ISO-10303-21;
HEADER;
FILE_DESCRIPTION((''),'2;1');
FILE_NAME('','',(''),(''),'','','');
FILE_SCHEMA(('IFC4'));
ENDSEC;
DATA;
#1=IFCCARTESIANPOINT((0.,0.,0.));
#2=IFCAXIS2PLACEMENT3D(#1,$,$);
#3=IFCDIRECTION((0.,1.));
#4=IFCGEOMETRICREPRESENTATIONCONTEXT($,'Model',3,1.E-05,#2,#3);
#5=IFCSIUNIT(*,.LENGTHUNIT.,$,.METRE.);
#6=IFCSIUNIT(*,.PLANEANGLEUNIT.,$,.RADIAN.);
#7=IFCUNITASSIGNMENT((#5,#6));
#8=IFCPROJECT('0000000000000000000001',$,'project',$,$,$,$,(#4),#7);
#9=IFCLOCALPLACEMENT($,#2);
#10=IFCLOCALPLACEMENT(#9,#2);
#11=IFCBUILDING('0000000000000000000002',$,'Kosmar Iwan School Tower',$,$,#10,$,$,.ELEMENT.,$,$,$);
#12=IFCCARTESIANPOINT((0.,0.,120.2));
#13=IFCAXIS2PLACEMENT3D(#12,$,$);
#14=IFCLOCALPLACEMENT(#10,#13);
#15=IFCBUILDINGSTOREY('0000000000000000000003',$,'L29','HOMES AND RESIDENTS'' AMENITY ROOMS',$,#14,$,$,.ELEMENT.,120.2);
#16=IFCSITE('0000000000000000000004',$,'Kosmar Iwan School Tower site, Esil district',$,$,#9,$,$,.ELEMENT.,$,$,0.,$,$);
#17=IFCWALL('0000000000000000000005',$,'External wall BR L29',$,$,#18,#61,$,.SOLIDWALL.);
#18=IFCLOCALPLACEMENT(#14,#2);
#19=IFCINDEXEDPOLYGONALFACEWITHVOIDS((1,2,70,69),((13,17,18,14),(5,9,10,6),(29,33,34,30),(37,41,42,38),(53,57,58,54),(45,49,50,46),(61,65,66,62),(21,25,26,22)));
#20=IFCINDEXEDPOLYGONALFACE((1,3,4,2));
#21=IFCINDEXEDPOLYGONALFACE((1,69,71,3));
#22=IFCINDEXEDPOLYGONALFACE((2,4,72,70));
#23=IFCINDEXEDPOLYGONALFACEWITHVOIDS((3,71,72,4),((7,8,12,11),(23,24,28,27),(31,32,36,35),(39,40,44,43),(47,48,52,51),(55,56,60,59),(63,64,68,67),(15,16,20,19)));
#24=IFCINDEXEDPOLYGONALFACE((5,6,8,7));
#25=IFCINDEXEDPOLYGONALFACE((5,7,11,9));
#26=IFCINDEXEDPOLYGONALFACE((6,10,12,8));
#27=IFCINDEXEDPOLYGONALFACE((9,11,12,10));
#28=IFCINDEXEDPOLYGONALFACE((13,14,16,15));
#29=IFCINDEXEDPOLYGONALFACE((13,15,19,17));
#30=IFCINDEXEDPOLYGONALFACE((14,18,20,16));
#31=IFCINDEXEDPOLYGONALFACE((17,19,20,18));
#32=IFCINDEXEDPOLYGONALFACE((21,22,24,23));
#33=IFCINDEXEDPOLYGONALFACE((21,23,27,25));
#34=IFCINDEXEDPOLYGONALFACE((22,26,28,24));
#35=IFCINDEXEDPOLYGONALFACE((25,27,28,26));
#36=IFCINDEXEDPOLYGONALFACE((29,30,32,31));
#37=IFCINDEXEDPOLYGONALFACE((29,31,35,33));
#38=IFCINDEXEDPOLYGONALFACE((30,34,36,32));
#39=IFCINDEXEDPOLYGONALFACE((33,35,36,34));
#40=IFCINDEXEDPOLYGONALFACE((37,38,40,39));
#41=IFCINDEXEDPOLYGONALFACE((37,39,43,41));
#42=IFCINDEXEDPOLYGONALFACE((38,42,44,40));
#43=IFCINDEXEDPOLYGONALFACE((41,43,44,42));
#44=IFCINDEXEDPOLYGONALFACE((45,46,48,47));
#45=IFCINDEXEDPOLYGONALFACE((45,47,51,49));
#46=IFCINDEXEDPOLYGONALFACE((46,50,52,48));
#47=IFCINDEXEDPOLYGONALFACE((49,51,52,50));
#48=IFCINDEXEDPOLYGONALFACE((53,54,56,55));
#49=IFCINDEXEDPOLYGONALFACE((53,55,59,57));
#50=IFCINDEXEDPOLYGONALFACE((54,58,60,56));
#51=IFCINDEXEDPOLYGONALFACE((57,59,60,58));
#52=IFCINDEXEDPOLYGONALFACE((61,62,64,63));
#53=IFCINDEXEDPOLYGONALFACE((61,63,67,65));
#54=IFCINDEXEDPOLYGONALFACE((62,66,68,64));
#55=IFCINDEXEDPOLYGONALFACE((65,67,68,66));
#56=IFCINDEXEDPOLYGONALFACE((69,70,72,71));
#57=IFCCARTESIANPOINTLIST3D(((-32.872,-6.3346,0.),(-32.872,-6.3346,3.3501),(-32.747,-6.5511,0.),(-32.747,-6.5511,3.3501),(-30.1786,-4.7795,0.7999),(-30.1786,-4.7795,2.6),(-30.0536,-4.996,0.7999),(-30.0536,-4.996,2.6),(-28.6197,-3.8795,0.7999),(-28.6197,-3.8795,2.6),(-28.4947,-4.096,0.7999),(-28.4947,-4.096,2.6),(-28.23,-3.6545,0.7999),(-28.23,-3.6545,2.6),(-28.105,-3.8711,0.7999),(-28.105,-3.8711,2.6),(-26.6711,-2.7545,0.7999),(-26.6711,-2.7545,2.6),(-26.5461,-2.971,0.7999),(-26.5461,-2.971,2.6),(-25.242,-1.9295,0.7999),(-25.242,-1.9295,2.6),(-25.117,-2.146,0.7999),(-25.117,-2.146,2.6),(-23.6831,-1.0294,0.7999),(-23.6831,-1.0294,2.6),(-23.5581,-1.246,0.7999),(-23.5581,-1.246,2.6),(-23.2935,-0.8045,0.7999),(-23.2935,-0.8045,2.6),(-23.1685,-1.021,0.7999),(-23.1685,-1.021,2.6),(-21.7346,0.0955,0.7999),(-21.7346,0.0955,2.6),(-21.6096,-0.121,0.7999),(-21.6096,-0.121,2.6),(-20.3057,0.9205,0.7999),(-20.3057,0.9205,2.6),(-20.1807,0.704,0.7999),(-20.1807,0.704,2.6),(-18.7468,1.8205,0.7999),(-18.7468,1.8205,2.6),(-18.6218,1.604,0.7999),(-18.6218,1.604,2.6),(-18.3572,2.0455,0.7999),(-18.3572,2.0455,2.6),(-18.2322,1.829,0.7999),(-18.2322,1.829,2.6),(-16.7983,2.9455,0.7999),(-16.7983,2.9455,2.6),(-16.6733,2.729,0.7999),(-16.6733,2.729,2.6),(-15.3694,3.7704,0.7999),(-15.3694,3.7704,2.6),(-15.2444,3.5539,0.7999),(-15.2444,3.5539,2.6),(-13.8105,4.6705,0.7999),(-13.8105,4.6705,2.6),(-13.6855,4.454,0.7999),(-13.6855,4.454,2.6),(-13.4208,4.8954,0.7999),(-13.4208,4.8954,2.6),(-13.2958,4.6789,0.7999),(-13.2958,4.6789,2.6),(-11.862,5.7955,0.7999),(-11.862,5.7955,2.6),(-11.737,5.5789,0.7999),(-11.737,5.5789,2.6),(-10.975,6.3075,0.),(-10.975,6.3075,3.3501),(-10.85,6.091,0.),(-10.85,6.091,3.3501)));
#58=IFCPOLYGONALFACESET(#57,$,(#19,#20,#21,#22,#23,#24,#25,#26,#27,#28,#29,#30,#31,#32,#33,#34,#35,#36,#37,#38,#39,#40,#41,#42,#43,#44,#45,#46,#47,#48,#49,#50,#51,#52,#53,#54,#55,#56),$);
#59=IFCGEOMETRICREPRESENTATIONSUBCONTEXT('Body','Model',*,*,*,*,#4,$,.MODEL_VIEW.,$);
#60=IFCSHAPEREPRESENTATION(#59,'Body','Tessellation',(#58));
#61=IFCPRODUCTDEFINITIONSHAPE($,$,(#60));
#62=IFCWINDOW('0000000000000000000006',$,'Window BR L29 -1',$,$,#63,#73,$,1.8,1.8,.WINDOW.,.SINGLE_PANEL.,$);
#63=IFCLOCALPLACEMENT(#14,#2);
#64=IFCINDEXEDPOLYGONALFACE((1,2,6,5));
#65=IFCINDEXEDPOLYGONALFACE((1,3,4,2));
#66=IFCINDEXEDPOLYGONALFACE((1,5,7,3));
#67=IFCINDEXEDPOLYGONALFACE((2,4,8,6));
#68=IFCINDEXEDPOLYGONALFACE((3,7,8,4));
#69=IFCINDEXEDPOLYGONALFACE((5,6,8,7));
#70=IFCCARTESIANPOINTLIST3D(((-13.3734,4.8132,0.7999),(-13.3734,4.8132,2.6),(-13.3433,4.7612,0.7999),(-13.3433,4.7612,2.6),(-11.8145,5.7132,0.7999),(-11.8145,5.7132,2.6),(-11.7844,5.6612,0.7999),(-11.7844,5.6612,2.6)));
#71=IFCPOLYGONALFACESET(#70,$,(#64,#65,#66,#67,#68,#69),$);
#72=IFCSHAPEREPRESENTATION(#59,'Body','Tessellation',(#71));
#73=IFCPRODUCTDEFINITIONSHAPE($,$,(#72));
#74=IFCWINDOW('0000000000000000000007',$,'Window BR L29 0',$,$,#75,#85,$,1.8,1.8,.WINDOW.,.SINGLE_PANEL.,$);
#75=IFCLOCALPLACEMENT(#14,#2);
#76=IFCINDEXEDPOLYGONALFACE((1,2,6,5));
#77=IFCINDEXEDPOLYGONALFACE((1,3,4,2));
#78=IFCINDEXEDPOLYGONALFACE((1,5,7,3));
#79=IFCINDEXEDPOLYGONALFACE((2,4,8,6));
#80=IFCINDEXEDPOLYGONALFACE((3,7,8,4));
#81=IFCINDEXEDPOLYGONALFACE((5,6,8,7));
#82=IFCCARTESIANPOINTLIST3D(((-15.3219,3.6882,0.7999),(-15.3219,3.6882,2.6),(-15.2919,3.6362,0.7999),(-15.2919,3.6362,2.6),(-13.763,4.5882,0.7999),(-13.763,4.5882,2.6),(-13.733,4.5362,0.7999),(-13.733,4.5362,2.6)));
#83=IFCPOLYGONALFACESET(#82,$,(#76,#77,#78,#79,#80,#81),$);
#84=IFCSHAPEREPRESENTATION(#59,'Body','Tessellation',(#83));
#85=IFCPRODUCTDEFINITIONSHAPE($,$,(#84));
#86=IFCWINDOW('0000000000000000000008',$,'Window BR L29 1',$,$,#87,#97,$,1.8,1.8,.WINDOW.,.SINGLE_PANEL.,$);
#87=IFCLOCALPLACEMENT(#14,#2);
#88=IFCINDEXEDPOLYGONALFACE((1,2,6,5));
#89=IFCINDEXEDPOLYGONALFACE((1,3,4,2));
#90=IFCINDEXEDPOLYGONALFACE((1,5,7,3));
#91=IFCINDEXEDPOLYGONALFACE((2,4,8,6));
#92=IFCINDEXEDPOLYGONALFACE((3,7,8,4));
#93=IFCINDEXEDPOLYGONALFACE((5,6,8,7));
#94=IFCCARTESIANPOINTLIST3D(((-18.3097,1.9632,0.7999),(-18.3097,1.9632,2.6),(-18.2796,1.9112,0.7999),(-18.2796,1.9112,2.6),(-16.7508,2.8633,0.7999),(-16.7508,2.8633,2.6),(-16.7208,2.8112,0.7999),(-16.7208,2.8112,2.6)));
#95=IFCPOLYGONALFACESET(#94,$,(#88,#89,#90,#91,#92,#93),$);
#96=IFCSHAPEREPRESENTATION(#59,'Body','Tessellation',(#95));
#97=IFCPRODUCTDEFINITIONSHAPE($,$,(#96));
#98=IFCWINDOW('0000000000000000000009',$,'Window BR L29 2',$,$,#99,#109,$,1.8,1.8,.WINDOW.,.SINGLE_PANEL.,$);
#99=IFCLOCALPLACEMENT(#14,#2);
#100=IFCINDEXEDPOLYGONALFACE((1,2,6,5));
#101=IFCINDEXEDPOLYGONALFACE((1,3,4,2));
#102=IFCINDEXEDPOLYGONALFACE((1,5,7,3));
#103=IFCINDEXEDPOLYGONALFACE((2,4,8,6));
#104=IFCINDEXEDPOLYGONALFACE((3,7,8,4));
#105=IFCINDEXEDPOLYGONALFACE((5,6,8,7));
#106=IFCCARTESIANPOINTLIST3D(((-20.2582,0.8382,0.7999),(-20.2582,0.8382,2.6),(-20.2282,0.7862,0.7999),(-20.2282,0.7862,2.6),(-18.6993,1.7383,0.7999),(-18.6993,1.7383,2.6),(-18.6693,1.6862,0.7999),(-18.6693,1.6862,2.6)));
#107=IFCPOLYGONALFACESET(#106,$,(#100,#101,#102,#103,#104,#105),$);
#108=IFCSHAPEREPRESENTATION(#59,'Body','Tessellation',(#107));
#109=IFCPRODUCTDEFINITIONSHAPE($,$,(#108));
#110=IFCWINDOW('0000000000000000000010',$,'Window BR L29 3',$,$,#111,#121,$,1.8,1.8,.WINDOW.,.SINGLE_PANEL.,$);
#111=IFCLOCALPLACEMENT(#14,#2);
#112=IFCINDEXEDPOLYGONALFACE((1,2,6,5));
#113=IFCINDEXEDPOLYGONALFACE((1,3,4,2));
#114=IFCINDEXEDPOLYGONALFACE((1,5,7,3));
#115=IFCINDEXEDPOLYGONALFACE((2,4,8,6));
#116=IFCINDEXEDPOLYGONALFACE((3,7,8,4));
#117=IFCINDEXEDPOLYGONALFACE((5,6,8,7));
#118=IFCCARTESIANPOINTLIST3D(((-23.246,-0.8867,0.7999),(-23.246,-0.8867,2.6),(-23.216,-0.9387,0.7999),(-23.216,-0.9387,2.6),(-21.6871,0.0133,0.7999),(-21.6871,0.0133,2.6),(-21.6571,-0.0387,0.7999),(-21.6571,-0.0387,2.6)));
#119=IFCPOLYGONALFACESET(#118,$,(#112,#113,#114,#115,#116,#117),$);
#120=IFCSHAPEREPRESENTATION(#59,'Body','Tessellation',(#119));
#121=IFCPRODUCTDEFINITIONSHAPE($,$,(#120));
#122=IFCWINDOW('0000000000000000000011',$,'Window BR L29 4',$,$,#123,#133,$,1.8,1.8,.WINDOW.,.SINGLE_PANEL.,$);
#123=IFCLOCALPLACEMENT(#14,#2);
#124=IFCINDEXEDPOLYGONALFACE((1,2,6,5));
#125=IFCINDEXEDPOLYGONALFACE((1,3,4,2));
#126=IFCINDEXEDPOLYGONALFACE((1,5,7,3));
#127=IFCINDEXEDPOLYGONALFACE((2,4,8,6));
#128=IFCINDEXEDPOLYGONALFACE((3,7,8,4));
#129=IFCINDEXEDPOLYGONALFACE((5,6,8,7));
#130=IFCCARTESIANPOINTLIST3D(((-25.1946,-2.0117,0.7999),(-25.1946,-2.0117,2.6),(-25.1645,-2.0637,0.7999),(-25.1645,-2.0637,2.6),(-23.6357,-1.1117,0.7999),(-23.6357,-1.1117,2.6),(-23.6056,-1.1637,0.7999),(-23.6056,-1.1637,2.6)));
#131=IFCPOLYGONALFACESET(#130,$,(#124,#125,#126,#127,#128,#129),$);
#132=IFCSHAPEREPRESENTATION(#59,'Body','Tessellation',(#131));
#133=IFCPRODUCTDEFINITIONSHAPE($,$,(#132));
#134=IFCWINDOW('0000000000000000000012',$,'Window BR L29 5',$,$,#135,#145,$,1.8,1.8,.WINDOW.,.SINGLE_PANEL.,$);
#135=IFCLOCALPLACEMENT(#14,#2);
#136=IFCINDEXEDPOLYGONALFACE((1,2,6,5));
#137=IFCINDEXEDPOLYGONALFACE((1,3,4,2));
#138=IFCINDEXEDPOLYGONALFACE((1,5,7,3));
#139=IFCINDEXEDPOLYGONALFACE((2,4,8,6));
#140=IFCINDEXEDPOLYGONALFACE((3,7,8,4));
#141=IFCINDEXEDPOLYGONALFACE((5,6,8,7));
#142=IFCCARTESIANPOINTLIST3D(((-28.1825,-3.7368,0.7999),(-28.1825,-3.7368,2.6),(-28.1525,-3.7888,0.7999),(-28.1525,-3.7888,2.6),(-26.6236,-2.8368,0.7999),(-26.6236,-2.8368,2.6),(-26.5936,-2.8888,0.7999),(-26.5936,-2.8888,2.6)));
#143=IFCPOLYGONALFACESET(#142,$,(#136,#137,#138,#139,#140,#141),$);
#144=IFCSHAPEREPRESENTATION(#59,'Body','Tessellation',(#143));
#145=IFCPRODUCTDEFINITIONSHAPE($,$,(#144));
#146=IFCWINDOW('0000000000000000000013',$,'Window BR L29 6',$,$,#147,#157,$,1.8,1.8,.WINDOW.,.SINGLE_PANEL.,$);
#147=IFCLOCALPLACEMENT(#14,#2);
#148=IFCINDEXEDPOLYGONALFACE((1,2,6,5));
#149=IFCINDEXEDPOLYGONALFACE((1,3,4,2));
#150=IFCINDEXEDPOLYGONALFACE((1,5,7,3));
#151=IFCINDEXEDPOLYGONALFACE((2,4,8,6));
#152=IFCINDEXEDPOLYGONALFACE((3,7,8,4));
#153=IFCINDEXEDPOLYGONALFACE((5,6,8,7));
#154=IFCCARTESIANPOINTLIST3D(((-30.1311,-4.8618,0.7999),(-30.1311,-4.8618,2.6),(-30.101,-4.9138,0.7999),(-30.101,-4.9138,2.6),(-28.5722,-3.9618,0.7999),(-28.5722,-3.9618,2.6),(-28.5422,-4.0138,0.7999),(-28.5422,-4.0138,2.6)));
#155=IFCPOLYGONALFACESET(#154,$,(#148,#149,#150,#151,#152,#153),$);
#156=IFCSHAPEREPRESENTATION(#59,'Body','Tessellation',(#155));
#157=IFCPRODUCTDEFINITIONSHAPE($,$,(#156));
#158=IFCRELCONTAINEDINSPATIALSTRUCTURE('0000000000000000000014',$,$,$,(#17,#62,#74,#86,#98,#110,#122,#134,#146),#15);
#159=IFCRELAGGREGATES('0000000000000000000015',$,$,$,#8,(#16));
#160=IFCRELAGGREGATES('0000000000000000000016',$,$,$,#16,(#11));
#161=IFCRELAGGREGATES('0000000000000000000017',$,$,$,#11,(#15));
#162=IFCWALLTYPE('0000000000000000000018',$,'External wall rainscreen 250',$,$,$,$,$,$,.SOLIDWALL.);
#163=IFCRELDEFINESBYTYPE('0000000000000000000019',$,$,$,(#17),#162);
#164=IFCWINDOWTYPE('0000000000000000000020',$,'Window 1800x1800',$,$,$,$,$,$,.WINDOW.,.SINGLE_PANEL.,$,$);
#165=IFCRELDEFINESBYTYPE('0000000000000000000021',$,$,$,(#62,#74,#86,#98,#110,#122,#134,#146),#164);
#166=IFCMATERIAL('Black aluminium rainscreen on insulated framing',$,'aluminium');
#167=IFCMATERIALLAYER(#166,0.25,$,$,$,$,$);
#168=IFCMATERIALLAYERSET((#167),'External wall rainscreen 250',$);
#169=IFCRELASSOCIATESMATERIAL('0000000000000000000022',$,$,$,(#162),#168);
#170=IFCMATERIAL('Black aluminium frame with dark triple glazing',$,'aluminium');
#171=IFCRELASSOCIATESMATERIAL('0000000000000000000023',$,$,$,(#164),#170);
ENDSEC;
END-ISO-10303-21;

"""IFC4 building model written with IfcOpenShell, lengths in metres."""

from ifc_helpers import new_model, si_unit, direction, frame, frame_2d, origin, place, context, subcontext, project, spatial, rectangle, extrude, material, layer, layer_set, type_object, element, fill, save


model = new_model("IFC4")

# Units and contexts
model_context = context("Model", 3, precision=1e-05, world=origin(), true_north=direction((0.0, 1.0)))
body_context = subcontext(model_context, "Body", "Model", "MODEL_VIEW")
ifc_project = project(units=[si_unit("LENGTHUNIT", "METRE"), si_unit("PLANEANGLEUNIT", "RADIAN")], contexts=[model_context])

# Site, building, storey
site_placement = place(None, origin())
site = spatial("IfcSite", under=ifc_project, at=site_placement, Name="Kosmar Iwan School Tower site, Esil district", CompositionType="ELEMENT", RefElevation=0.0)
building_placement = place(site_placement, origin())
building = spatial("IfcBuilding", under=site, at=building_placement, Name="Kosmar Iwan School Tower", CompositionType="ELEMENT")
storey_placement = place(building_placement, frame((0.0, 0.0, 120.2)))
storey = spatial("IfcBuildingStorey", under=building, at=storey_placement, Name="L29", Description="HOMES AND RESIDENTS' AMENITY ROOMS", CompositionType="ELEMENT", Elevation=120.2)

# Wall, openings, windows
ifc_material_1 = material(Name="Black aluminium rainscreen on insulated framing", Category="aluminium")
ifc_layer_1 = layer(ifc_material_1, 0.25)
ifc_layer_set_1 = layer_set([ifc_layer_1], Name="External wall rainscreen 250")
wall_type = type_object("IfcWallType", Name="External wall rainscreen 250", PredefinedType="SOLIDWALL", material=ifc_layer_set_1)
ifc_material_2 = material(Name="Black aluminium frame with dark triple glazing", Category="aluminium")
window_type = type_object("IfcWindowType", Name="Window 1800x1800", PartitioningType="SINGLE_PANEL", PredefinedType="WINDOW", material=ifc_material_2)
wall_1_placement = place(storey_placement, frame((-10.9126, 6.1992, 0.0), z_axis=(0.0, 0.0, 1.0), x_axis=(-0.866028, -0.499996, 0.0)))
wall_1 = element("IfcWall", 1, at=wall_1_placement, inside=storey, type_object=wall_type, Name="External wall BR L29", PredefinedType="SOLIDWALL", context=body_context, shape_type="SweptSolid", body=[
    extrude(rectangle(XDim=25.2844, YDim=0.25, at=frame_2d((12.6421, 0.0))), origin(), (0.0, 0.0, 1.0), 3.3501),
])
opening_1_placement = place(wall_1_placement, frame((1.0242, 0.0, 0.8)))
opening_1 = element("IfcOpeningElement", 2, at=opening_1_placement, cuts=wall_1, PredefinedType="OPENING", context=body_context, shape_type="SweptSolid", body=[
    extrude(rectangle(XDim=1.8, YDim=1.8, at=frame_2d((0.8999, 0.8999))), frame((0.0, 0.137, 0.0), z_axis=(0.0, -1.0, 0.0), x_axis=(1.0, 0.0, 0.0)), (0.0, 0.0, 1.0), 0.2739),
])
opening_2_placement = place(wall_1_placement, frame((3.2742, 0.0, 0.8)))
opening_2 = element("IfcOpeningElement", 3, at=opening_2_placement, cuts=wall_1, PredefinedType="OPENING", context=body_context, shape_type="SweptSolid", body=[
    extrude(rectangle(XDim=1.8, YDim=1.8, at=frame_2d((0.8999, 0.8999))), frame((0.0, 0.137, 0.0), z_axis=(0.0, -1.0, 0.0), x_axis=(1.0, 0.0, 0.0)), (0.0, 0.0, 1.0), 0.2739),
])
opening_3_placement = place(wall_1_placement, frame((6.7241, 0.0, 0.8)))
opening_3 = element("IfcOpeningElement", 4, at=opening_3_placement, cuts=wall_1, PredefinedType="OPENING", context=body_context, shape_type="SweptSolid", body=[
    extrude(rectangle(XDim=1.8, YDim=1.8, at=frame_2d((0.8999, 0.8999))), frame((0.0, 0.137, 0.0), z_axis=(0.0, -1.0, 0.0), x_axis=(1.0, 0.0, 0.0)), (0.0, 0.0, 1.0), 0.2739),
])
opening_4_placement = place(wall_1_placement, frame((8.9741, 0.0, 0.8)))
opening_4 = element("IfcOpeningElement", 5, at=opening_4_placement, cuts=wall_1, PredefinedType="OPENING", context=body_context, shape_type="SweptSolid", body=[
    extrude(rectangle(XDim=1.8, YDim=1.8, at=frame_2d((0.8999, 0.8999))), frame((0.0, 0.137, 0.0), z_axis=(0.0, -1.0, 0.0), x_axis=(1.0, 0.0, 0.0)), (0.0, 0.0, 1.0), 0.2739),
])
opening_5_placement = place(wall_1_placement, frame((12.4241, 0.0, 0.8)))
opening_5 = element("IfcOpeningElement", 6, at=opening_5_placement, cuts=wall_1, PredefinedType="OPENING", context=body_context, shape_type="SweptSolid", body=[
    extrude(rectangle(XDim=1.8, YDim=1.8, at=frame_2d((0.8999, 0.8999))), frame((0.0, 0.137, 0.0), z_axis=(0.0, -1.0, 0.0), x_axis=(1.0, 0.0, 0.0)), (0.0, 0.0, 1.0), 0.2739),
])
opening_6_placement = place(wall_1_placement, frame((14.6741, 0.0, 0.8)))
opening_6 = element("IfcOpeningElement", 7, at=opening_6_placement, cuts=wall_1, PredefinedType="OPENING", context=body_context, shape_type="SweptSolid", body=[
    extrude(rectangle(XDim=1.8, YDim=1.8, at=frame_2d((0.8999, 0.8999))), frame((0.0, 0.137, 0.0), z_axis=(0.0, -1.0, 0.0), x_axis=(1.0, 0.0, 0.0)), (0.0, 0.0, 1.0), 0.2739),
])
opening_7_placement = place(wall_1_placement, frame((18.1243, 0.0, 0.8)))
opening_7 = element("IfcOpeningElement", 8, at=opening_7_placement, cuts=wall_1, PredefinedType="OPENING", context=body_context, shape_type="SweptSolid", body=[
    extrude(rectangle(XDim=1.8, YDim=1.8, at=frame_2d((0.8999, 0.8999))), frame((0.0, 0.137, 0.0), z_axis=(0.0, -1.0, 0.0), x_axis=(1.0, 0.0, 0.0)), (0.0, 0.0, 1.0), 0.2739),
])
opening_8_placement = place(wall_1_placement, frame((20.3743, 0.0, 0.8)))
opening_8 = element("IfcOpeningElement", 9, at=opening_8_placement, cuts=wall_1, PredefinedType="OPENING", context=body_context, shape_type="SweptSolid", body=[
    extrude(rectangle(XDim=1.8, YDim=1.8, at=frame_2d((0.8999, 0.8999))), frame((0.0, 0.137, 0.0), z_axis=(0.0, -1.0, 0.0), x_axis=(1.0, 0.0, 0.0)), (0.0, 0.0, 1.0), 0.2739),
])
window_1_placement = place(opening_1_placement, origin())
window_1 = element("IfcWindow", 10, at=window_1_placement, inside=storey, type_object=window_type, Name="Window BR L29 -1", OverallHeight=1.8, OverallWidth=1.8, PartitioningType="SINGLE_PANEL", PredefinedType="WINDOW", context=body_context, shape_type="SweptSolid", body=[
    extrude(rectangle(XDim=1.8, YDim=1.8, at=frame_2d((0.8999, 0.8999))), frame((0.0, 0.03, 0.0), z_axis=(0.0, -1.0, 0.0), x_axis=(1.0, 0.0, 0.0)), (0.0, 0.0, 1.0), 0.0601),
])
fill(opening_1, window_1)
window_2_placement = place(opening_2_placement, origin())
window_2 = element("IfcWindow", 11, at=window_2_placement, inside=storey, type_object=window_type, Name="Window BR L29 0", OverallHeight=1.8, OverallWidth=1.8, PartitioningType="SINGLE_PANEL", PredefinedType="WINDOW", context=body_context, shape_type="SweptSolid", body=[
    extrude(rectangle(XDim=1.8, YDim=1.8, at=frame_2d((0.8999, 0.8999))), frame((0.0, 0.03, 0.0), z_axis=(0.0, -1.0, 0.0), x_axis=(1.0, 0.0, 0.0)), (0.0, 0.0, 1.0), 0.0601),
])
fill(opening_2, window_2)
window_3_placement = place(opening_3_placement, origin())
window_3 = element("IfcWindow", 12, at=window_3_placement, inside=storey, type_object=window_type, Name="Window BR L29 1", OverallHeight=1.8, OverallWidth=1.8, PartitioningType="SINGLE_PANEL", PredefinedType="WINDOW", context=body_context, shape_type="SweptSolid", body=[
    extrude(rectangle(XDim=1.8, YDim=1.8, at=frame_2d((0.8999, 0.8999))), frame((0.0, 0.03, 0.0), z_axis=(0.0, -1.0, 0.0), x_axis=(1.0, 0.0, 0.0)), (0.0, 0.0, 1.0), 0.0601),
])
fill(opening_3, window_3)
window_4_placement = place(opening_4_placement, origin())
window_4 = element("IfcWindow", 13, at=window_4_placement, inside=storey, type_object=window_type, Name="Window BR L29 2", OverallHeight=1.8, OverallWidth=1.8, PartitioningType="SINGLE_PANEL", PredefinedType="WINDOW", context=body_context, shape_type="SweptSolid", body=[
    extrude(rectangle(XDim=1.8, YDim=1.8, at=frame_2d((0.8999, 0.8999))), frame((0.0, 0.03, 0.0), z_axis=(0.0, -1.0, 0.0), x_axis=(1.0, 0.0, 0.0)), (0.0, 0.0, 1.0), 0.0601),
])
fill(opening_4, window_4)
window_5_placement = place(opening_5_placement, origin())
window_5 = element("IfcWindow", 14, at=window_5_placement, inside=storey, type_object=window_type, Name="Window BR L29 3", OverallHeight=1.8, OverallWidth=1.8, PartitioningType="SINGLE_PANEL", PredefinedType="WINDOW", context=body_context, shape_type="SweptSolid", body=[
    extrude(rectangle(XDim=1.8, YDim=1.8, at=frame_2d((0.8999, 0.8999))), frame((0.0, 0.03, 0.0), z_axis=(0.0, -1.0, 0.0), x_axis=(1.0, 0.0, 0.0)), (0.0, 0.0, 1.0), 0.0601),
])
fill(opening_5, window_5)
window_6_placement = place(opening_6_placement, origin())
window_6 = element("IfcWindow", 15, at=window_6_placement, inside=storey, type_object=window_type, Name="Window BR L29 4", OverallHeight=1.8, OverallWidth=1.8, PartitioningType="SINGLE_PANEL", PredefinedType="WINDOW", context=body_context, shape_type="SweptSolid", body=[
    extrude(rectangle(XDim=1.8, YDim=1.8, at=frame_2d((0.8999, 0.8999))), frame((0.0, 0.03, 0.0), z_axis=(0.0, -1.0, 0.0), x_axis=(1.0, 0.0, 0.0)), (0.0, 0.0, 1.0), 0.0601),
])
fill(opening_6, window_6)
window_7_placement = place(opening_7_placement, origin())
window_7 = element("IfcWindow", 16, at=window_7_placement, inside=storey, type_object=window_type, Name="Window BR L29 5", OverallHeight=1.8, OverallWidth=1.8, PartitioningType="SINGLE_PANEL", PredefinedType="WINDOW", context=body_context, shape_type="SweptSolid", body=[
    extrude(rectangle(XDim=1.8, YDim=1.8, at=frame_2d((0.8999, 0.8999))), frame((0.0, 0.03, 0.0), z_axis=(0.0, -1.0, 0.0), x_axis=(1.0, 0.0, 0.0)), (0.0, 0.0, 1.0), 0.0601),
])
fill(opening_7, window_7)
window_8_placement = place(opening_8_placement, origin())
window_8 = element("IfcWindow", 17, at=window_8_placement, inside=storey, type_object=window_type, Name="Window BR L29 6", OverallHeight=1.8, OverallWidth=1.8, PartitioningType="SINGLE_PANEL", PredefinedType="WINDOW", context=body_context, shape_type="SweptSolid", body=[
    extrude(rectangle(XDim=1.8, YDim=1.8, at=frame_2d((0.8999, 0.8999))), frame((0.0, 0.03, 0.0), z_axis=(0.0, -1.0, 0.0), x_axis=(1.0, 0.0, 0.0)), (0.0, 0.0, 1.0), 0.0601),
])
fill(opening_8, window_8)

save(model, "model.ifc")
